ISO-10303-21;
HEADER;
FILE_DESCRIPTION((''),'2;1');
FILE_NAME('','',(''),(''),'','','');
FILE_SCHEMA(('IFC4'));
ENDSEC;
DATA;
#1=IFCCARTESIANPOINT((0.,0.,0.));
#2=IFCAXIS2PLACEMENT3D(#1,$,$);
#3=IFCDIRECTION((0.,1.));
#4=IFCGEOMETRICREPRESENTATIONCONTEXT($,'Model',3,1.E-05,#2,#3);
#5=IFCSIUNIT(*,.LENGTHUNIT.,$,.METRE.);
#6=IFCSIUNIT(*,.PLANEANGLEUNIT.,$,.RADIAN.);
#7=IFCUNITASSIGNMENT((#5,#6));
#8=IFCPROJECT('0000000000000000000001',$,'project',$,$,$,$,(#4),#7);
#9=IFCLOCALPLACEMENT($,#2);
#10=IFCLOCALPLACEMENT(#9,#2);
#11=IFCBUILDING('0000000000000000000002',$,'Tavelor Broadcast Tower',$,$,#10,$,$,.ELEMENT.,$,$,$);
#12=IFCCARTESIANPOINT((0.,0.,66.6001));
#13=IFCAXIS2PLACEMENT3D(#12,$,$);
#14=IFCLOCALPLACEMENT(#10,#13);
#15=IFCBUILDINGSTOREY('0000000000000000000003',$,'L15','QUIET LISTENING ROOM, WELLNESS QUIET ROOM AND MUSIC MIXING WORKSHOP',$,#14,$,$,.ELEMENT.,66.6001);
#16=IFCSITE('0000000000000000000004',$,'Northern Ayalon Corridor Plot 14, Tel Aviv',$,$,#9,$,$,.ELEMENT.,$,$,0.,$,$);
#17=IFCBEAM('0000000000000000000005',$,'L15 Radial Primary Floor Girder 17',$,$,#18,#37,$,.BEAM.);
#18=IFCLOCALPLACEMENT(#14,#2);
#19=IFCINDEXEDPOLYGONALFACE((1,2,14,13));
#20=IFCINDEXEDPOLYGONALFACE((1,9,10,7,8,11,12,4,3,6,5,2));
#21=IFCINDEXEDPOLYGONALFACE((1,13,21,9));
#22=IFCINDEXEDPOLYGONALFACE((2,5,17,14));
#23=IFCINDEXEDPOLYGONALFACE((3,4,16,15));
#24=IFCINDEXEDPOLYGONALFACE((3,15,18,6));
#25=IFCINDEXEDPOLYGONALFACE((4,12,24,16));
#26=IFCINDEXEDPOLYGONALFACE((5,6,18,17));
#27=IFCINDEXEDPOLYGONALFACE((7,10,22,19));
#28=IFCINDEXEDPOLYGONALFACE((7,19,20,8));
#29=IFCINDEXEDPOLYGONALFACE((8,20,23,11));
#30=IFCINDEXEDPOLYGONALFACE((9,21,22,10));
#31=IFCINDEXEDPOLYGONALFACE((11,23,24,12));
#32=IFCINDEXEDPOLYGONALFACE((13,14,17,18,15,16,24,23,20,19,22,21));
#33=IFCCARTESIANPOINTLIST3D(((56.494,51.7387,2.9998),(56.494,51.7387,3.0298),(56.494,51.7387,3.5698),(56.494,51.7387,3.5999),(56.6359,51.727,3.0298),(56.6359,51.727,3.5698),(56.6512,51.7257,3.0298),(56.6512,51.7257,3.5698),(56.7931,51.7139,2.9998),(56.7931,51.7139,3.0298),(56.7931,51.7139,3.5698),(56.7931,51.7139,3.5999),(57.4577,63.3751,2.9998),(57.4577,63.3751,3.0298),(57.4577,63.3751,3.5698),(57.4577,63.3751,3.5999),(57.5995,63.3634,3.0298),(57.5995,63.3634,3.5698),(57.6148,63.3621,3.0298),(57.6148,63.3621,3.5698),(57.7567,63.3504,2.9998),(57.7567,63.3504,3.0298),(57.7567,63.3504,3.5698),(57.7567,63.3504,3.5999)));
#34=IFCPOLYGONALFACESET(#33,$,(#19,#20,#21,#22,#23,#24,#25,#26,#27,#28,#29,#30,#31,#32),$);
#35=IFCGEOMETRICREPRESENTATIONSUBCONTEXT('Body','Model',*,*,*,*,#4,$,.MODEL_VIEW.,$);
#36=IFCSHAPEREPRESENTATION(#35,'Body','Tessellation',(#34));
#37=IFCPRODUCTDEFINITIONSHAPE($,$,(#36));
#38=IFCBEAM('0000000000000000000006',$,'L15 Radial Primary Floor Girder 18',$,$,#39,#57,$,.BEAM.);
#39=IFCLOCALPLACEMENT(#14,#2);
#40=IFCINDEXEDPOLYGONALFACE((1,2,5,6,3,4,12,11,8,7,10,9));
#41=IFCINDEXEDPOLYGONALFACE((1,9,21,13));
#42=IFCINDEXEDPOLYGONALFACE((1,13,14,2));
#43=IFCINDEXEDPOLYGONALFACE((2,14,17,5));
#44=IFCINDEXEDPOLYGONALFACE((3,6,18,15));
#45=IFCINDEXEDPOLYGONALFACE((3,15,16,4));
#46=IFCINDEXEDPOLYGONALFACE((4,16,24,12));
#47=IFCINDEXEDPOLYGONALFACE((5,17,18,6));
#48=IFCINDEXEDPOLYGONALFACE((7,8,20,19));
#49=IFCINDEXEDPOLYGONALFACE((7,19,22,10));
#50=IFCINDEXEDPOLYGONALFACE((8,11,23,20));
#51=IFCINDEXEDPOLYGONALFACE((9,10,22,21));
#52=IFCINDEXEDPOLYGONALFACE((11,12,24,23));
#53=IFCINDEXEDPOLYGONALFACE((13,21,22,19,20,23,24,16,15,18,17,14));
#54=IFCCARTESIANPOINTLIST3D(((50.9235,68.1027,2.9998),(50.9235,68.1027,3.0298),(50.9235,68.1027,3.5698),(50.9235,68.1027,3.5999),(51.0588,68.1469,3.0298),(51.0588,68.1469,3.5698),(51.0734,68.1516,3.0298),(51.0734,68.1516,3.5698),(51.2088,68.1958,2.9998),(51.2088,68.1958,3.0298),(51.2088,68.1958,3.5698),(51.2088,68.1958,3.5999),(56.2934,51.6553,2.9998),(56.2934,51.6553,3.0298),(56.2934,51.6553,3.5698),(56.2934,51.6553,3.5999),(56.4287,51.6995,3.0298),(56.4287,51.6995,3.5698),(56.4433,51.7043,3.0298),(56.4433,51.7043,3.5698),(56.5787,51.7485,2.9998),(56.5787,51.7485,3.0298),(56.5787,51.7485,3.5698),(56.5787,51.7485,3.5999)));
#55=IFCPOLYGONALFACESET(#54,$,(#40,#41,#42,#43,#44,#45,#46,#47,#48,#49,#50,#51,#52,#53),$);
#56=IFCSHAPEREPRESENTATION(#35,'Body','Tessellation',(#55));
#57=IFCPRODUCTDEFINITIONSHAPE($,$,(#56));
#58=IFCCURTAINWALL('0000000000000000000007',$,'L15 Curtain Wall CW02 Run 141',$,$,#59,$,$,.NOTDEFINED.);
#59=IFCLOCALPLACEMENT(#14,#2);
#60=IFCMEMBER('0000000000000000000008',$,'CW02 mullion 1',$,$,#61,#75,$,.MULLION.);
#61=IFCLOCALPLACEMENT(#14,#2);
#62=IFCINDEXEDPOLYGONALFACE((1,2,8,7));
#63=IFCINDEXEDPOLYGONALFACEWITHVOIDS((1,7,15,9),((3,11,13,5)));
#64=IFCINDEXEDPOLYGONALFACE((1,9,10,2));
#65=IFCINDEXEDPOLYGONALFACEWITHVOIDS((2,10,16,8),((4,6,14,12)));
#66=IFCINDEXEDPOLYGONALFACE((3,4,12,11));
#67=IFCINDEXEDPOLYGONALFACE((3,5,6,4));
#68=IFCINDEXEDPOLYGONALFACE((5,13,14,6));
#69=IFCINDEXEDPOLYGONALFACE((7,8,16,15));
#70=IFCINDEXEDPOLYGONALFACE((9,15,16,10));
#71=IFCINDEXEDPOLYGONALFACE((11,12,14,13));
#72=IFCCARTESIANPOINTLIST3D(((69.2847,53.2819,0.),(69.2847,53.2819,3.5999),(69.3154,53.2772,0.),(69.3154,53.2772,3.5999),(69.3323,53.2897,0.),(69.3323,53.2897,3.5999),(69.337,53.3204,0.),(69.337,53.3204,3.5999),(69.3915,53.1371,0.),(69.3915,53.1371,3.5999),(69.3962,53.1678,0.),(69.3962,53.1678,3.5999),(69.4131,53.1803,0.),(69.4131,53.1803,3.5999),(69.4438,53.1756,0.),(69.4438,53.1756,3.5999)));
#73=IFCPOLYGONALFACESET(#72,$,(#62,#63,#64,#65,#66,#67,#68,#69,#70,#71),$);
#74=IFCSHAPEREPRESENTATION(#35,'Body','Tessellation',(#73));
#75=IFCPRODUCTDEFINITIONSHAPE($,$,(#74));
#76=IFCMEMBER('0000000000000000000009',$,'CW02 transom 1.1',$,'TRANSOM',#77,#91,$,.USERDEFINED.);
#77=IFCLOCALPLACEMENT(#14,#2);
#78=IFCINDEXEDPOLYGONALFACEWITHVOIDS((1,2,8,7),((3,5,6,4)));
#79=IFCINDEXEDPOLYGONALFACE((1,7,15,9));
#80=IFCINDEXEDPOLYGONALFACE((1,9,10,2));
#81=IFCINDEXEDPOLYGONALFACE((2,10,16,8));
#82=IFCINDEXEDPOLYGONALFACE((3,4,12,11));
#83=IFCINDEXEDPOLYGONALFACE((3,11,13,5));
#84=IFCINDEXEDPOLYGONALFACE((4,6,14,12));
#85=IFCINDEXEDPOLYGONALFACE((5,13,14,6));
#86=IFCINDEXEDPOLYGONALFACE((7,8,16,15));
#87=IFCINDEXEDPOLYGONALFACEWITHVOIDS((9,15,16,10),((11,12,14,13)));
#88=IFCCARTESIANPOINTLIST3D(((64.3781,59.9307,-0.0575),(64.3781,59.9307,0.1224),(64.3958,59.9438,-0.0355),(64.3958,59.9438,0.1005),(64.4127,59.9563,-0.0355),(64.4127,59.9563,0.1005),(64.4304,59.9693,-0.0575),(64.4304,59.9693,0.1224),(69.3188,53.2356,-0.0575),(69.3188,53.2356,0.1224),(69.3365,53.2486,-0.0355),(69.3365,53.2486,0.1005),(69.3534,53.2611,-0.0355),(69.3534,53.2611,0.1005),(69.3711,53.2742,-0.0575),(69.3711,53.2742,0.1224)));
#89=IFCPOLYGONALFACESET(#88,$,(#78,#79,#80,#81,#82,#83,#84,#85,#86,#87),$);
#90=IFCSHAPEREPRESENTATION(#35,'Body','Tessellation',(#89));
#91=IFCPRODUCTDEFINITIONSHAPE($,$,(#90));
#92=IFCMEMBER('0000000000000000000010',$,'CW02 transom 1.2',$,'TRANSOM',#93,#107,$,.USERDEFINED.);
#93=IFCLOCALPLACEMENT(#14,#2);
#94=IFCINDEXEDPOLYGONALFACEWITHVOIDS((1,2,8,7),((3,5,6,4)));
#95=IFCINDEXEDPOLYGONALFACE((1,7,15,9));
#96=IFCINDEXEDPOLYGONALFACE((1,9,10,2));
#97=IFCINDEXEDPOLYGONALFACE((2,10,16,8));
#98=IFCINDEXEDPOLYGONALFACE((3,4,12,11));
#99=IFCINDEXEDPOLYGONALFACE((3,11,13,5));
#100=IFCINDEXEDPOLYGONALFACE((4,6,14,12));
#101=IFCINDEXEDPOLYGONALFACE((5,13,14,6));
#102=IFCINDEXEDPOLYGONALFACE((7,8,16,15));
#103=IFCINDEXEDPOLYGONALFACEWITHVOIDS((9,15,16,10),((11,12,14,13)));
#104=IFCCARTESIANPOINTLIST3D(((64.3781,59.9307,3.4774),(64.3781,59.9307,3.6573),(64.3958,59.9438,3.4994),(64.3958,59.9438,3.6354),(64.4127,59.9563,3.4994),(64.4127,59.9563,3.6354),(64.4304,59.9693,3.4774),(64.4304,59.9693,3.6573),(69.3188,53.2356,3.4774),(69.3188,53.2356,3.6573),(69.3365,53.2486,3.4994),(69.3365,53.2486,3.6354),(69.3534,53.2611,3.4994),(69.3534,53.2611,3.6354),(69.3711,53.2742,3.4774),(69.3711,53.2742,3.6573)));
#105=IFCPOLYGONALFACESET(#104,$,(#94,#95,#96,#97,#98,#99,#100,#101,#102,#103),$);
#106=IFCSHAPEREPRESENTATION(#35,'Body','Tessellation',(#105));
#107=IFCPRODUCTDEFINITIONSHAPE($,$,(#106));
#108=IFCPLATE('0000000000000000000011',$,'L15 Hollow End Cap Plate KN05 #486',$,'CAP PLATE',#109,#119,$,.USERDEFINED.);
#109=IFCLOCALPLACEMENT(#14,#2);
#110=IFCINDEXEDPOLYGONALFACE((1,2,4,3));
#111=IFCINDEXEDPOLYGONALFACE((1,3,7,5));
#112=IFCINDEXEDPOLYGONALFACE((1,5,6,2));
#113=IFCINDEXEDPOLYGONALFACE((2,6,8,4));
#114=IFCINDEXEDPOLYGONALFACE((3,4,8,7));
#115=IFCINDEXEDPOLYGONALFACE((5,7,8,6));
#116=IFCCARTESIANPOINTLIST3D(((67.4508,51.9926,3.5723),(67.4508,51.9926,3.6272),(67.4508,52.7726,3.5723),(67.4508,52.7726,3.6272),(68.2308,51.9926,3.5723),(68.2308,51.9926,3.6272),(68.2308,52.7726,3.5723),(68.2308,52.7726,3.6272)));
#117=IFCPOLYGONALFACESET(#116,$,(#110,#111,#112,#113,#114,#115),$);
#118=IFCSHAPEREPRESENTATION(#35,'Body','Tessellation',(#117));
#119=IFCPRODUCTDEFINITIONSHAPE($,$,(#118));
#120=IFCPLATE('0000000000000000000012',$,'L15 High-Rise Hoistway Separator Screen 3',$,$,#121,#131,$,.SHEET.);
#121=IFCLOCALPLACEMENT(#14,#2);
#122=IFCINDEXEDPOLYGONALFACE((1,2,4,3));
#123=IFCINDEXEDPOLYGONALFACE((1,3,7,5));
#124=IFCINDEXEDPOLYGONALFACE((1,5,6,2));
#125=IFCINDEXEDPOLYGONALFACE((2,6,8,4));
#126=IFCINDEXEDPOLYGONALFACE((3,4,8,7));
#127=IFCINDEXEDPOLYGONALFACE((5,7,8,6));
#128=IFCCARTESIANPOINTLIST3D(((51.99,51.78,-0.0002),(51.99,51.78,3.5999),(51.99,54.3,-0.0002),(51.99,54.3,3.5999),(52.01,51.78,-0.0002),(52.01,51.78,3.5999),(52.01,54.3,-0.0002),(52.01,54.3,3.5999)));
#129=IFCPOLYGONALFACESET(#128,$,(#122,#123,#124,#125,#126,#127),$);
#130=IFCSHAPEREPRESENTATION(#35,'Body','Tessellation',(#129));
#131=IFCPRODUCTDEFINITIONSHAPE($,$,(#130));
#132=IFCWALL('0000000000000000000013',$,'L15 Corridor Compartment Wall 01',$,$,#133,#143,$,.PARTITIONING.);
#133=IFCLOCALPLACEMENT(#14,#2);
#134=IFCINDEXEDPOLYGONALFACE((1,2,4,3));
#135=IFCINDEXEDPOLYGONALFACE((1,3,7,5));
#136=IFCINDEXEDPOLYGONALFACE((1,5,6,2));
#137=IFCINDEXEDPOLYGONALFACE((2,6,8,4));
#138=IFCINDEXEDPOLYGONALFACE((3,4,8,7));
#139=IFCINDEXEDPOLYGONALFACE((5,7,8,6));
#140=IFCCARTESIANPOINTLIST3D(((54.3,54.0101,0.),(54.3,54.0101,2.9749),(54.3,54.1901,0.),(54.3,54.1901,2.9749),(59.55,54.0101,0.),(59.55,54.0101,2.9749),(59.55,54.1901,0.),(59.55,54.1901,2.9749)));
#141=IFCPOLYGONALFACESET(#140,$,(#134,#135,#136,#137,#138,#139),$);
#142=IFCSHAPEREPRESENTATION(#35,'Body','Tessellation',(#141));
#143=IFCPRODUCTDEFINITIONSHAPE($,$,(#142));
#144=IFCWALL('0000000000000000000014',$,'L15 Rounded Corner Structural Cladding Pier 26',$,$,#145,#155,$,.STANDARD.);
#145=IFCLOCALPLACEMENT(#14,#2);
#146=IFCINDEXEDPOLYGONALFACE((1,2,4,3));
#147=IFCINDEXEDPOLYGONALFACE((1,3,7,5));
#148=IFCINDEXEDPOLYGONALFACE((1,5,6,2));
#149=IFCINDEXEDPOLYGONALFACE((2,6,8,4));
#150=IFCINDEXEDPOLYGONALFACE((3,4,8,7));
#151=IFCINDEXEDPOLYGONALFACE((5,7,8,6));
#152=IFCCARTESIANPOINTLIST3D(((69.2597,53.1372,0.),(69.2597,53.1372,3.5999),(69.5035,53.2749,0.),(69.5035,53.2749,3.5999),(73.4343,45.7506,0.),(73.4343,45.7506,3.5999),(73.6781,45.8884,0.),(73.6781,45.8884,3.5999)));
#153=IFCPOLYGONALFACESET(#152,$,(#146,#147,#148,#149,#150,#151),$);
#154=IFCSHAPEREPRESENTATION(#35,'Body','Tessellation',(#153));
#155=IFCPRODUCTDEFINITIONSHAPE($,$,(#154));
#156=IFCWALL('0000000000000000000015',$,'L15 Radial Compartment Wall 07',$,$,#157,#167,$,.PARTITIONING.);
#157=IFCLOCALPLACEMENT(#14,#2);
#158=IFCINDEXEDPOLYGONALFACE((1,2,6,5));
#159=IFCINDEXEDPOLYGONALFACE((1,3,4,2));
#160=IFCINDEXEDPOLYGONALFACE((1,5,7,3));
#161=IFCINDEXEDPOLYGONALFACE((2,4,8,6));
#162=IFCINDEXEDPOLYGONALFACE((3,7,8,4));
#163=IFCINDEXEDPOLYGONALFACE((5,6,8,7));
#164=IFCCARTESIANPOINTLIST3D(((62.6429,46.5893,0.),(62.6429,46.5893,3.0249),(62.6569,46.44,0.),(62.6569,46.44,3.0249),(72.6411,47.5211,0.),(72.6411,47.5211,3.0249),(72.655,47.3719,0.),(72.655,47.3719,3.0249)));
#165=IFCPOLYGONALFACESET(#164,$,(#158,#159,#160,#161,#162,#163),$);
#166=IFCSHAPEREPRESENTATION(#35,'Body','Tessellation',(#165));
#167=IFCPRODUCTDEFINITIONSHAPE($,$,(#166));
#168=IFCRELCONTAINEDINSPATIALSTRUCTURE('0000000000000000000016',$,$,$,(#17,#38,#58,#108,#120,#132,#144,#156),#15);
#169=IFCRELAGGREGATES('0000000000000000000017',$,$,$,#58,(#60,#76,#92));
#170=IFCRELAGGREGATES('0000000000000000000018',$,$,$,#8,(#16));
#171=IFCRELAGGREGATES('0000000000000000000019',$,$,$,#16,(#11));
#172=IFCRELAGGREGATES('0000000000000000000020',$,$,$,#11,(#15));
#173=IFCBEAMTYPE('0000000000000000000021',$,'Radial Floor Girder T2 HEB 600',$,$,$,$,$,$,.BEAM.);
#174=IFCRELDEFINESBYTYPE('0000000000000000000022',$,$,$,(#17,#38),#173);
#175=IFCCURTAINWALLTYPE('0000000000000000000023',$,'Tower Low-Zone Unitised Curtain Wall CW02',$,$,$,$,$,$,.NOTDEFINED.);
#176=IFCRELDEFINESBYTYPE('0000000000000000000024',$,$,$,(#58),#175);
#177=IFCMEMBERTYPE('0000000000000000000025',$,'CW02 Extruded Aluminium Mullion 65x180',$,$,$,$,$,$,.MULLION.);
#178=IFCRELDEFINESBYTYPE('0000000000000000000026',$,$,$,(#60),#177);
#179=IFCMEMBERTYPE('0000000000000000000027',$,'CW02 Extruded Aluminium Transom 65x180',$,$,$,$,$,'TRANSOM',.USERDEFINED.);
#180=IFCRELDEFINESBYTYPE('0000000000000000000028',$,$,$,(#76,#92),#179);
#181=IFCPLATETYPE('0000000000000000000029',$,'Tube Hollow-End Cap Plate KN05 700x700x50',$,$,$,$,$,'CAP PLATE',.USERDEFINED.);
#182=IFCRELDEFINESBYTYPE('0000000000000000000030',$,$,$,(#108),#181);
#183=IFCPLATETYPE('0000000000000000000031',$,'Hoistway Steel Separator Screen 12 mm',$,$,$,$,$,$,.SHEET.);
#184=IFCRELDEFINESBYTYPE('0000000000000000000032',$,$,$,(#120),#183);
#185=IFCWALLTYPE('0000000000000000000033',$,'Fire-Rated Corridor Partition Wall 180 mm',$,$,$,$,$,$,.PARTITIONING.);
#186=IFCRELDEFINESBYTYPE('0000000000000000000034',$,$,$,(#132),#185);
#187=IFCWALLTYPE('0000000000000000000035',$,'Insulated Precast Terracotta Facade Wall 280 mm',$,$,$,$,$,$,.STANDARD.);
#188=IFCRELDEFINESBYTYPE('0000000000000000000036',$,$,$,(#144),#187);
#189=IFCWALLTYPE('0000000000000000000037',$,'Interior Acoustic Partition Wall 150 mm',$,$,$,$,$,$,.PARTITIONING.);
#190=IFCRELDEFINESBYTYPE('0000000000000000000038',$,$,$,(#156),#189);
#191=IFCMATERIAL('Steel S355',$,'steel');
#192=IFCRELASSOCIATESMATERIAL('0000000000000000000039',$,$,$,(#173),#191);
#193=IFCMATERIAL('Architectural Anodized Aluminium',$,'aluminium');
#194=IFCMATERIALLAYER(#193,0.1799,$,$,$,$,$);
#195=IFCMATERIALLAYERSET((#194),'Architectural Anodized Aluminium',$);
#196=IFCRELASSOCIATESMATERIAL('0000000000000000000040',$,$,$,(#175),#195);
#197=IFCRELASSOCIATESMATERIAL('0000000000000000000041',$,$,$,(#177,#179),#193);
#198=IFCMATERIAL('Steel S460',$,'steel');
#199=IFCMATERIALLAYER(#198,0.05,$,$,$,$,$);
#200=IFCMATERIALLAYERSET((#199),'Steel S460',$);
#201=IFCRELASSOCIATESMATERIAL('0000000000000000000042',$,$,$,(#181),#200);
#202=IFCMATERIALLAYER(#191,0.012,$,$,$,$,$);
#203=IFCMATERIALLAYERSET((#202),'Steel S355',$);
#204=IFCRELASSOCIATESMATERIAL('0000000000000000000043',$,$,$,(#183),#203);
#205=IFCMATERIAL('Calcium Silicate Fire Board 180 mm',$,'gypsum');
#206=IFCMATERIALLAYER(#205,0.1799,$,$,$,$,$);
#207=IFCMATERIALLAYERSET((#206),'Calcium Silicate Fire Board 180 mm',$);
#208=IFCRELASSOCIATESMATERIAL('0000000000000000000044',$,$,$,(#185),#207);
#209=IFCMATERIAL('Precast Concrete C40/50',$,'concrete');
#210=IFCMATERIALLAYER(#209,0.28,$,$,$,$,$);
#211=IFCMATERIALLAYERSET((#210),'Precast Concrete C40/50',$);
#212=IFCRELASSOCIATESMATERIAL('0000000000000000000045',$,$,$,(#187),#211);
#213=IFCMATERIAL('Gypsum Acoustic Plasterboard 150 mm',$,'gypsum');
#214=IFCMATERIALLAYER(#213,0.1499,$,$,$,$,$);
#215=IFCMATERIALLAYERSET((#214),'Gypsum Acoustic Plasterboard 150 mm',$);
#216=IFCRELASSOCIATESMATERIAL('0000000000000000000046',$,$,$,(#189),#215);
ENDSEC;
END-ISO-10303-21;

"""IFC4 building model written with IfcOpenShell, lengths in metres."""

from ifc_helpers import new_model, si_unit, direction, frame, frame_2d, origin, origin_2d, place, context, subcontext, project, spatial, rectangle, hollow_rectangle, i_section, extrude, source, transform, mapped, material, layer, layer_set, material_profile, profile_set, type_object, type_shapes, element, aggregate, save


model = new_model("IFC4")

# Units and contexts
model_context = context("Model", 3, precision=1e-05, world=origin(), true_north=direction((0.0, 1.0)))
body_context = subcontext(model_context, "Body", "Model", "MODEL_VIEW")
ifc_project = project(units=[si_unit("LENGTHUNIT", "METRE"), si_unit("PLANEANGLEUNIT", "RADIAN")], contexts=[model_context])

# Site, building, storey
site_placement = place(None, origin())
site = spatial("IfcSite", under=ifc_project, at=site_placement, Name="Northern Ayalon Corridor Plot 14, Tel Aviv", CompositionType="ELEMENT", RefElevation=0.0)
building_placement = place(site_placement, origin())
building = spatial("IfcBuilding", under=site, at=building_placement, Name="Tavelor Broadcast Tower", CompositionType="ELEMENT")
storey_placement = place(building_placement, frame((0.0, 0.0, 66.6001)))
storey = spatial("IfcBuildingStorey", under=building, at=storey_placement, Name="L15", Description="QUIET LISTENING ROOM, WELLNESS QUIET ROOM AND MUSIC MIXING WORKSHOP", CompositionType="ELEMENT", Elevation=66.6001)

# Shared definitions
ifc_material_1 = material(Name="Steel S460", Category="steel")

# Beams
ifc_material_2 = material(Name="Steel S355", Category="steel")
ifc_material_profile_1 = material_profile(ifc_material_2, i_section(OverallWidth=0.3, OverallDepth=0.6001, WebThickness=0.0154, FlangeThickness=0.03, at=origin_2d()), Name="HEB 600")
ifc_profile_set_1 = profile_set([ifc_material_profile_1], Name="Steel S355")
beam_type_1 = type_object("IfcBeamType", Name="Radial Floor Girder T2 HEB 600", PredefinedType="BEAM", material=ifc_profile_set_1)
beam_1_placement = place(storey_placement, frame((56.6436, 51.7263, 3.2998), z_axis=(0.082528, 0.996589, 0.0), x_axis=(-0.996589, 0.082528, 0.0)))
element("IfcBeam", 1, at=beam_1_placement, inside=storey, type_object=beam_type_1, Name="L15 Radial Primary Floor Girder 17", PredefinedType="BEAM", context=body_context, shape_type="SweptSolid", body=[
    extrude(i_section(OverallWidth=0.3, OverallDepth=0.6001, WebThickness=0.0154, FlangeThickness=0.03, at=origin_2d()), origin(), (0.0, 0.0, 1.0), 11.6763),
])
beam_2_placement = place(storey_placement, frame((56.436, 51.7019, 3.2998), z_axis=(-0.310367, 0.950617, 0.0), x_axis=(-0.950617, -0.310367, 0.0)))
element("IfcBeam", 2, at=beam_2_placement, inside=storey, type_object=beam_type_1, Name="L15 Radial Primary Floor Girder 18", PredefinedType="BEAM", context=body_context, shape_type="SweptSolid", body=[
    extrude(i_section(OverallWidth=0.3, OverallDepth=0.6001, WebThickness=0.0154, FlangeThickness=0.03, at=origin_2d()), origin(), (0.0, 0.0, 1.0), 17.3018),
])

# Curtain wall, members
ifc_material_3 = material(Name="Architectural Anodized Aluminium", Category="aluminium")
ifc_layer_1 = layer(ifc_material_3, 0.1799)
ifc_layer_set_1 = layer_set([ifc_layer_1], Name="Architectural Anodized Aluminium")
curtain_wall_type = type_object("IfcCurtainWallType", Name="Tower Low-Zone Unitised Curtain Wall CW02", PredefinedType="NOTDEFINED", material=ifc_layer_set_1)
curtain_wall_placement = place(storey_placement, origin())
curtain_wall = element("IfcCurtainWall", 3, at=curtain_wall_placement, inside=storey, type_object=curtain_wall_type, Name="L15 Curtain Wall CW02 Run 141", PredefinedType="NOTDEFINED")
ifc_material_profile_2 = material_profile(ifc_material_3, hollow_rectangle(XDim=0.0649, YDim=0.1799, WallThickness=0.022, at=origin_2d()), Name="RHS 65x180x22")
ifc_profile_set_2 = profile_set([ifc_material_profile_2], Name="Architectural Anodized Aluminium")
member_type_1 = type_object("IfcMemberType", Name="CW02 Extruded Aluminium Mullion 65x180", PredefinedType="MULLION", material=ifc_profile_set_2)
shared_shape_1 = source(origin(), body_context, "Body", "SweptSolid", [
    extrude(hollow_rectangle(XDim=0.0649, YDim=0.1799, WallThickness=0.022, at=origin_2d()), origin(), (0.0, 0.0, 1.0), 3.5999),
])
type_shapes(member_type_1, [shared_shape_1])
member_1_placement = place(storey_placement, frame((69.3643, 53.2288, 0.0), z_axis=(0.0, 0.0, 1.0), x_axis=(-0.804642, -0.59376, 0.0)))
member_1 = element("IfcMember", 4, at=member_1_placement, type_object=member_type_1, Name="CW02 mullion 1", PredefinedType="MULLION", context=body_context, shape_type="MappedRepresentation", body=[
    mapped(shared_shape_1, transform((0.0, 0.0, 0.0), scale=1.0)),
])
ifc_material_profile_3 = material_profile(ifc_material_3, hollow_rectangle(XDim=0.0649, YDim=0.1799, WallThickness=0.022, at=origin_2d()), Name="RHS 65x180x22")
ifc_profile_set_3 = profile_set([ifc_material_profile_3], Name="Architectural Anodized Aluminium")
member_type_2 = type_object("IfcMemberType", Name="CW02 Extruded Aluminium Transom 65x180", ElementType="TRANSOM", PredefinedType="USERDEFINED", material=ifc_profile_set_3)
shared_shape_2 = source(origin(), body_context, "Body", "SweptSolid", [
    extrude(hollow_rectangle(XDim=0.0649, YDim=0.1799, WallThickness=0.022, at=origin_2d()), origin(), (0.0, 0.0, 1.0), 8.3208),
])
type_shapes(member_type_2, [shared_shape_2])
member_2_placement = place(storey_placement, frame((69.345, 53.2549, 0.0325), z_axis=(-0.59378, 0.804627, 0.0), x_axis=(-0.804627, -0.59378, 0.0)))
member_2 = element("IfcMember", 5, at=member_2_placement, type_object=member_type_2, Name="CW02 transom 1.1", ObjectType="TRANSOM", PredefinedType="USERDEFINED", context=body_context, shape_type="MappedRepresentation", body=[
    mapped(shared_shape_2, transform((0.0, 0.0, 0.0), scale=1.0)),
])
member_3_placement = place(storey_placement, frame((69.345, 53.2549, 3.5674), z_axis=(-0.59378, 0.804627, 0.0), x_axis=(-0.804627, -0.59378, 0.0)))
member_3 = element("IfcMember", 6, at=member_3_placement, type_object=member_type_2, Name="CW02 transom 1.2", ObjectType="TRANSOM", PredefinedType="USERDEFINED", context=body_context, shape_type="MappedRepresentation", body=[
    mapped(shared_shape_2, transform((0.0, 0.0, 0.0), scale=1.0)),
])
aggregate(curtain_wall, [member_1, member_2, member_3])

# Plates
ifc_layer_2 = layer(ifc_material_1, 0.05)
ifc_layer_set_2 = layer_set([ifc_layer_2], Name="Steel S460")
plate_type_1 = type_object("IfcPlateType", Name="Tube Hollow-End Cap Plate KN05 700x700x50", ElementType="CAP PLATE", PredefinedType="USERDEFINED", material=ifc_layer_set_2)
shared_shape_3 = source(origin(), body_context, "Body", "SweptSolid", [
    extrude(rectangle(XDim=0.78, YDim=0.78, at=origin_2d()), origin(), (0.0, 0.0, 1.0), 0.0549),
])
type_shapes(plate_type_1, [shared_shape_3])
plate_1_placement = place(storey_placement, frame((67.8408, 52.3826, 3.5723), z_axis=(0.0, 0.0, 1.0), x_axis=(1.0, 0.0, 0.0)))
element("IfcPlate", 7, at=plate_1_placement, inside=storey, type_object=plate_type_1, Name="L15 Hollow End Cap Plate KN05 #486", ObjectType="CAP PLATE", PredefinedType="USERDEFINED", context=body_context, shape_type="MappedRepresentation", body=[
    mapped(shared_shape_3, transform((0.0, 0.0, 0.0), scale=1.0)),
])
ifc_layer_3 = layer(ifc_material_2, 0.012)
ifc_layer_set_3 = layer_set([ifc_layer_3], Name="Steel S355")
plate_type_2 = type_object("IfcPlateType", Name="Hoistway Steel Separator Screen 12 mm", PredefinedType="SHEET", material=ifc_layer_set_3)
shared_shape_4 = source(origin(), body_context, "Body", "SweptSolid", [
    extrude(rectangle(XDim=0.02, YDim=2.52, at=origin_2d()), origin(), (0.0, 0.0, 1.0), 3.6001),
])
type_shapes(plate_type_2, [shared_shape_4])
plate_2_placement = place(storey_placement, frame((52.0, 53.04, -0.0002), z_axis=(0.0, 0.0, 1.0), x_axis=(1.0, 0.0, 0.0)))
element("IfcPlate", 8, at=plate_2_placement, inside=storey, type_object=plate_type_2, Name="L15 High-Rise Hoistway Separator Screen 3", PredefinedType="SHEET", context=body_context, shape_type="MappedRepresentation", body=[
    mapped(shared_shape_4, transform((0.0, 0.0, 0.0), scale=1.0)),
])

# Walls
ifc_material_4 = material(Name="Calcium Silicate Fire Board 180 mm", Category="gypsum")
ifc_layer_4 = layer(ifc_material_4, 0.1799)
ifc_layer_set_4 = layer_set([ifc_layer_4], Name="Calcium Silicate Fire Board 180 mm")
wall_type_1 = type_object("IfcWallType", Name="Fire-Rated Corridor Partition Wall 180 mm", PredefinedType="PARTITIONING", material=ifc_layer_set_4)
wall_1_placement = place(storey_placement, frame((54.3, 54.1001, 0.0), z_axis=(0.0, 0.0, 1.0), x_axis=(1.0, 0.0, 0.0)))
element("IfcWall", 9, at=wall_1_placement, inside=storey, type_object=wall_type_1, Name="L15 Corridor Compartment Wall 01", PredefinedType="PARTITIONING", context=body_context, shape_type="SweptSolid", body=[
    extrude(rectangle(XDim=5.25, YDim=0.1799, at=frame_2d((2.625, 0.0))), origin(), (0.0, 0.0, 1.0), 2.9749),
])
ifc_material_5 = material(Name="Precast Concrete C40/50", Category="concrete")
ifc_layer_5 = layer(ifc_material_5, 0.28)
ifc_layer_set_5 = layer_set([ifc_layer_5], Name="Precast Concrete C40/50")
wall_type_2 = type_object("IfcWallType", Name="Insulated Precast Terracotta Facade Wall 280 mm", PredefinedType="STANDARD", material=ifc_layer_set_5)
wall_2_placement = place(storey_placement, frame((73.5562, 45.8196, 0.0), z_axis=(0.0, 0.0, 1.0), x_axis=(-0.492021, 0.870583, 0.0)))
element("IfcWall", 10, at=wall_2_placement, inside=storey, type_object=wall_type_2, Name="L15 Rounded Corner Structural Cladding Pier 26", PredefinedType="STANDARD", context=body_context, shape_type="SweptSolid", body=[
    extrude(rectangle(XDim=8.4846, YDim=0.28, at=frame_2d((4.2422, 0.0))), origin(), (0.0, 0.0, 1.0), 3.5999),
])
ifc_material_6 = material(Name="Gypsum Acoustic Plasterboard 150 mm", Category="gypsum")
ifc_layer_6 = layer(ifc_material_6, 0.1499)
ifc_layer_set_6 = layer_set([ifc_layer_6], Name="Gypsum Acoustic Plasterboard 150 mm")
wall_type_3 = type_object("IfcWallType", Name="Interior Acoustic Partition Wall 150 mm", PredefinedType="PARTITIONING", material=ifc_layer_set_6)
wall_3_placement = place(storey_placement, frame((62.6499, 46.5146, 0.0), z_axis=(0.0, 0.0, 1.0), x_axis=(0.995685, 0.092802, 0.0)))
element("IfcWall", 11, at=wall_3_placement, inside=storey, type_object=wall_type_3, Name="L15 Radial Compartment Wall 07", PredefinedType="PARTITIONING", context=body_context, shape_type="SweptSolid", body=[
    extrude(rectangle(XDim=10.0415, YDim=0.1499, at=frame_2d((5.0208, 0.0))), origin(), (0.0, 0.0, 1.0), 3.0249),
])

save(model, "model.ifc")
